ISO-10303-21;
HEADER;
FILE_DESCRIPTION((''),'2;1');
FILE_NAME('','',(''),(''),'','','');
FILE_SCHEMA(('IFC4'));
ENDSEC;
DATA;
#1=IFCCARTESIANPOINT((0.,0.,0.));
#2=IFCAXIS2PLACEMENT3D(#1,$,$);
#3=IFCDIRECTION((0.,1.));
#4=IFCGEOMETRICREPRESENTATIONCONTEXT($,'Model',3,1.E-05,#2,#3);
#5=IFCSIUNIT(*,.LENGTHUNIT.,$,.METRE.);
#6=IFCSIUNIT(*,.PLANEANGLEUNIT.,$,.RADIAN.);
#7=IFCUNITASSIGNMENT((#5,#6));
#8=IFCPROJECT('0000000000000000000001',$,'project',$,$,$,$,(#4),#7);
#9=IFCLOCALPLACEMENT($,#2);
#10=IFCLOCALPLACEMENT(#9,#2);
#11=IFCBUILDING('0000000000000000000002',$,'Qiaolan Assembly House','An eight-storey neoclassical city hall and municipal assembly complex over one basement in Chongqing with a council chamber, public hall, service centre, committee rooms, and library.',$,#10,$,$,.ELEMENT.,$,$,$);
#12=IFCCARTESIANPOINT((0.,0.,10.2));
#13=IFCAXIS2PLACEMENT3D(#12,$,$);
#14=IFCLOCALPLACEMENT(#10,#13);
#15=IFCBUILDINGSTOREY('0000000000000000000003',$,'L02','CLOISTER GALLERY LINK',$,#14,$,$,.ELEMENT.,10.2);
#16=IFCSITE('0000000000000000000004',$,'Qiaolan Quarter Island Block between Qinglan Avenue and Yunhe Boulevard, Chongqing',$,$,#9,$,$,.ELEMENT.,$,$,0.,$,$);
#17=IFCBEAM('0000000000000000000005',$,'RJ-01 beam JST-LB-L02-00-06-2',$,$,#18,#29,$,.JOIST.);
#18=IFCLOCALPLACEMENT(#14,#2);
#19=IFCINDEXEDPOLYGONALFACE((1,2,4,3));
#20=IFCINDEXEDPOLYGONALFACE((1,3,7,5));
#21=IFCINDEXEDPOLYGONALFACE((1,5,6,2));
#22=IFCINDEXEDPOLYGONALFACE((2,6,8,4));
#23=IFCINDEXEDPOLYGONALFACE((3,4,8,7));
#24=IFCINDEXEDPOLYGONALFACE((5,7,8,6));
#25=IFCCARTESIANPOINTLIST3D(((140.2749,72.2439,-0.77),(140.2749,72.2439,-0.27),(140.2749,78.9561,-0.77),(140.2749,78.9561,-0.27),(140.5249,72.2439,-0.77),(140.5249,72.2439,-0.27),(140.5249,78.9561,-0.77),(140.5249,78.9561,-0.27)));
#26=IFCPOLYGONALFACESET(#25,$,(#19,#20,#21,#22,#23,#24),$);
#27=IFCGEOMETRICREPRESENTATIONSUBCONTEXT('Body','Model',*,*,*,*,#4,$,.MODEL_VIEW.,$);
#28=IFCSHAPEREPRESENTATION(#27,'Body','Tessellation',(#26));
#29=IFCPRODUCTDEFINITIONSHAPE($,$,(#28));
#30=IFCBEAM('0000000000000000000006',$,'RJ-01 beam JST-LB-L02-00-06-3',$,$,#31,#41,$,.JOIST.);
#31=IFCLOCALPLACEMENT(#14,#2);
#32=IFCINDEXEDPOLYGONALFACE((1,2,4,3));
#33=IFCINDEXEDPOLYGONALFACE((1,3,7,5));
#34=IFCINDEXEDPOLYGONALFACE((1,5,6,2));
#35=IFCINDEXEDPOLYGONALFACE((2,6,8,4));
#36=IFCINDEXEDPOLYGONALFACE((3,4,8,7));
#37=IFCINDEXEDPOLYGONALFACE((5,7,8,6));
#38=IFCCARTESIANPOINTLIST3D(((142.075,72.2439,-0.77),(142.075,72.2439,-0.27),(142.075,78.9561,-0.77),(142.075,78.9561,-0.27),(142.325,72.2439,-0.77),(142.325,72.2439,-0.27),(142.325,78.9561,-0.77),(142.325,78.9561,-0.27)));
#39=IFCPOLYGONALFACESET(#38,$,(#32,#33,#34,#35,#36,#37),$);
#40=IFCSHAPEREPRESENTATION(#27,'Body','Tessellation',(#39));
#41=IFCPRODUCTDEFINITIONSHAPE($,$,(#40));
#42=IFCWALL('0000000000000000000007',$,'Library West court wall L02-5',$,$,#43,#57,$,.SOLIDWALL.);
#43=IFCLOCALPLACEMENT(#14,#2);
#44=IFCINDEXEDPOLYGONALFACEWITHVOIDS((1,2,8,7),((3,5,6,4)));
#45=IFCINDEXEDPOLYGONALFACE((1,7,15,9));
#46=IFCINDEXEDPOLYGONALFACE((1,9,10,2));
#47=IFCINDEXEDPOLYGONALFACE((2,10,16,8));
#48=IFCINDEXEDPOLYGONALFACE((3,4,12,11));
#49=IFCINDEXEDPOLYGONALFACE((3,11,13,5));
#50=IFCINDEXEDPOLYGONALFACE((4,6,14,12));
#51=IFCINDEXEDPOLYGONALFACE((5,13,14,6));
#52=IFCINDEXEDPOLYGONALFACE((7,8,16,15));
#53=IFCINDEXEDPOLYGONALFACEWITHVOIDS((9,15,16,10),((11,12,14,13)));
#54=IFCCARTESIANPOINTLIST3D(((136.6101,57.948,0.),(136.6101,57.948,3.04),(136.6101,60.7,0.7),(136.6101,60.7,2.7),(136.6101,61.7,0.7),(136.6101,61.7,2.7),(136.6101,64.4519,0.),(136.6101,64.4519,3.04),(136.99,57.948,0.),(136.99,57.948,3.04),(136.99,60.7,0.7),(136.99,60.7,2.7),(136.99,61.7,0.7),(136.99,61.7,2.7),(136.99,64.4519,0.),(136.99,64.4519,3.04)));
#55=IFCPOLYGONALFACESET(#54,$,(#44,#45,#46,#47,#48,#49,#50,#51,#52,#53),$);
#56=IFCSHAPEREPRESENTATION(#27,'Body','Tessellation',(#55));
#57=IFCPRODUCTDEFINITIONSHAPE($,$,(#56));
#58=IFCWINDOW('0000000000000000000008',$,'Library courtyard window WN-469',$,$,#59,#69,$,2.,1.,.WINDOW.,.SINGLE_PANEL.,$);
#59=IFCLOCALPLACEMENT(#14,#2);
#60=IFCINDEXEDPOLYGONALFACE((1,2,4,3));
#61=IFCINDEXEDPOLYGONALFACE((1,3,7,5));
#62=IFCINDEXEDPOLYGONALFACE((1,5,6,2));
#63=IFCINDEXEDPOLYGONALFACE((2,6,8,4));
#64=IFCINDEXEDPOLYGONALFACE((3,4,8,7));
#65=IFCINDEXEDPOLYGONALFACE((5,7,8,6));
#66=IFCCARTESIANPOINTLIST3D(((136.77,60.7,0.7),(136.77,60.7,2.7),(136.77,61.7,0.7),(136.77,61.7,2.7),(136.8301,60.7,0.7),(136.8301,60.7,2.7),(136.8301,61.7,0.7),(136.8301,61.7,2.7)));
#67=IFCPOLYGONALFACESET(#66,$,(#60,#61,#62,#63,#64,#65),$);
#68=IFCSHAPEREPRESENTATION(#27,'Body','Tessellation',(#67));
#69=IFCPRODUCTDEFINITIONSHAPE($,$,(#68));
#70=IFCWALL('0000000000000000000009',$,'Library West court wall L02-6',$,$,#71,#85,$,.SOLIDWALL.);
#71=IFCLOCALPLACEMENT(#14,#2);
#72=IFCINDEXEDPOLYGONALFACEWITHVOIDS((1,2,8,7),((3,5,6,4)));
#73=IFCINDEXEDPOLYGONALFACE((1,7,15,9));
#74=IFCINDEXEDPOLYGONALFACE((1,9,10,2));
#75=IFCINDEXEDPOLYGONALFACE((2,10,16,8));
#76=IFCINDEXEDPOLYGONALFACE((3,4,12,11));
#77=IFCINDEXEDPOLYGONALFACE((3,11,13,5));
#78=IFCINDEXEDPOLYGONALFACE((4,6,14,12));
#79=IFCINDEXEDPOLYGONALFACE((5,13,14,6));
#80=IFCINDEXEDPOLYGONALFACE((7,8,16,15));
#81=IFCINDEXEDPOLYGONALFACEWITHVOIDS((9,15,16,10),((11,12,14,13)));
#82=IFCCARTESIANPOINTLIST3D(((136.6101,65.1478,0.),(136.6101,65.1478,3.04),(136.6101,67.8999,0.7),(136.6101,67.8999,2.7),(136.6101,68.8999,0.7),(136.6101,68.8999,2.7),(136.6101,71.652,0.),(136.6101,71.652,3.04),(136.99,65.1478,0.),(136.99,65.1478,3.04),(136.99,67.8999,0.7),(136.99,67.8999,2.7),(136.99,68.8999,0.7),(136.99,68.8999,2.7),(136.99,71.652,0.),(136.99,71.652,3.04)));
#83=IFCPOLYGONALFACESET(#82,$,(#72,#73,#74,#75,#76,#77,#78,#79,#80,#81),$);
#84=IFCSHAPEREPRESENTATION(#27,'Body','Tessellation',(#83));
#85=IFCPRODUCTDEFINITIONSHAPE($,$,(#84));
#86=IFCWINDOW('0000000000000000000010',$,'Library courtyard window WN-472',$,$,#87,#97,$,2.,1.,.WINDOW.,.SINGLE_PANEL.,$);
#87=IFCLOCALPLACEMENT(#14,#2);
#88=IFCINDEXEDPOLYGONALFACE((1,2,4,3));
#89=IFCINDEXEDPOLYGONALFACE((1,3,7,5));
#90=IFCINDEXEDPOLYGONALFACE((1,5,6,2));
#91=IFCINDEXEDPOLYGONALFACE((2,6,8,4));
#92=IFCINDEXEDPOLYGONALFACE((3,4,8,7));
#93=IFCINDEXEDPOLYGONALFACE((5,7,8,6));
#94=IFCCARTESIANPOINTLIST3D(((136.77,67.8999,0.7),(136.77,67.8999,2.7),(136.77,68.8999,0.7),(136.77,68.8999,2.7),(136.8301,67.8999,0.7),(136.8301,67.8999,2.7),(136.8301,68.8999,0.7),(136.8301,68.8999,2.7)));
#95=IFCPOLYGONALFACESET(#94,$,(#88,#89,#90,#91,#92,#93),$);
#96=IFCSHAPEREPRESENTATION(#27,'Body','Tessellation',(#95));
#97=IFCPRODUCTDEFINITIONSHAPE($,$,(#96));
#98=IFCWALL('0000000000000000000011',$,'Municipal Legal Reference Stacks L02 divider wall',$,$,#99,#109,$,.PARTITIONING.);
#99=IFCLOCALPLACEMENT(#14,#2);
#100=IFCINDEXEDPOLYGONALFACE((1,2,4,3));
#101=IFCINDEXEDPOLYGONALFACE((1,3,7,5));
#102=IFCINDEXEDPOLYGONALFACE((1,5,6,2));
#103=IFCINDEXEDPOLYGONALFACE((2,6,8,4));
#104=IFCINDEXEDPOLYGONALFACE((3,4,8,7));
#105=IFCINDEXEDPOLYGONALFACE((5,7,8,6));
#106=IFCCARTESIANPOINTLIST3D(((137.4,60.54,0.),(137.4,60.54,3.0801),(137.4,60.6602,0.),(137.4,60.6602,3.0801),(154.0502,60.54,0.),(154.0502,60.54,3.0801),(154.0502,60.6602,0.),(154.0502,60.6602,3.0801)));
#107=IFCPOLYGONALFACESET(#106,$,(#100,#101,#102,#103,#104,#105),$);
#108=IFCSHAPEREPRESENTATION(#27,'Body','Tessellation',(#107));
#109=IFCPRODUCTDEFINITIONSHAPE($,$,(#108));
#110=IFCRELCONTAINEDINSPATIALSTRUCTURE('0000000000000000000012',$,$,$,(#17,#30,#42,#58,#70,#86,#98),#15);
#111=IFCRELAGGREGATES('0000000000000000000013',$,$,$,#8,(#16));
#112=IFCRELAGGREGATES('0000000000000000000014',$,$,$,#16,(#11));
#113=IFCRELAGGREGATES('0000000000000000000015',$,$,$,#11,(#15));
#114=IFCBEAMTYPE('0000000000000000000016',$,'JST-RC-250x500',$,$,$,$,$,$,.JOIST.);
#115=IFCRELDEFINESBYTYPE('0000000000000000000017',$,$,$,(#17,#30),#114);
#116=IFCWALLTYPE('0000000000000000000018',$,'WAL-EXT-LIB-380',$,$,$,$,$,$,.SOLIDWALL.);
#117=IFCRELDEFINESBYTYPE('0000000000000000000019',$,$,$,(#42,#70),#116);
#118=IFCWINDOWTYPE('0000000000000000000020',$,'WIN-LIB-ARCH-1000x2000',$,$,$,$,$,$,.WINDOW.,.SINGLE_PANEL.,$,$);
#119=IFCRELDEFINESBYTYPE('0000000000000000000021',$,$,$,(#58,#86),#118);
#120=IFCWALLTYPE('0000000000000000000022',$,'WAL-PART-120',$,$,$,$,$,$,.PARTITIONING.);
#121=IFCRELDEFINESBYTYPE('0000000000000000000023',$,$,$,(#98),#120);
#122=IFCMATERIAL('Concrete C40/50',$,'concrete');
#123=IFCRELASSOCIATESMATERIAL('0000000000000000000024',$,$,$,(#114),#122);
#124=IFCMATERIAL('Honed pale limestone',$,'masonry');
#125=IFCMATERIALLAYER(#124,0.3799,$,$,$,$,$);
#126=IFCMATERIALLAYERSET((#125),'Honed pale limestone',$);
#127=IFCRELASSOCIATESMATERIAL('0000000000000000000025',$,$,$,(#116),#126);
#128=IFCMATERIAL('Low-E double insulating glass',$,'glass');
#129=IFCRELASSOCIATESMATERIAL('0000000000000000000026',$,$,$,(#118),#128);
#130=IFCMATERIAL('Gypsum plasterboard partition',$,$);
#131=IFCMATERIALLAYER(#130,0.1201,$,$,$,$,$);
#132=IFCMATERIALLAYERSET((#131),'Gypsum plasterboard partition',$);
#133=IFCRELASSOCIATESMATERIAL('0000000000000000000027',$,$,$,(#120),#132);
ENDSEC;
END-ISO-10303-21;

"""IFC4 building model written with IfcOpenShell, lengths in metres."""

from ifc_helpers import new_model, si_unit, direction, frame, frame_2d, origin, origin_2d, place, context, subcontext, project, spatial, rectangle, extrude, material, layer, layer_set, material_profile, profile_set, type_object, element, fill, save


model = new_model("IFC4")

# Units and contexts
model_context = context("Model", 3, precision=1e-05, world=origin(), true_north=direction((0.0, 1.0)))
body_context = subcontext(model_context, "Body", "Model", "MODEL_VIEW")
ifc_project = project(units=[si_unit("LENGTHUNIT", "METRE"), si_unit("PLANEANGLEUNIT", "RADIAN")], contexts=[model_context])

# Site, building, storey
site_placement = place(None, origin())
site = spatial("IfcSite", under=ifc_project, at=site_placement, Name="Qiaolan Quarter Island Block between Qinglan Avenue and Yunhe Boulevard, Chongqing", CompositionType="ELEMENT", RefElevation=0.0)
building_placement = place(site_placement, origin())
building = spatial("IfcBuilding", under=site, at=building_placement, Name="Qiaolan Assembly House", Description="An eight-storey neoclassical city hall and municipal assembly complex over one basement in Chongqing with a council chamber, public hall, service centre, committee rooms, and library.", CompositionType="ELEMENT")
storey_placement = place(building_placement, frame((0.0, 0.0, 10.2)))
storey = spatial("IfcBuildingStorey", under=building, at=storey_placement, Name="L02", Description="CLOISTER GALLERY LINK", CompositionType="ELEMENT", Elevation=10.2)

# Shared definitions
ifc_material_1 = material(Name="Concrete C40/50", Category="concrete")

# Beams
ifc_material_profile_1 = material_profile(ifc_material_1, rectangle(XDim=0.25, YDim=0.5, at=origin_2d()), Name="RCB 250x500")
ifc_profile_set_1 = profile_set([ifc_material_profile_1], Name="Concrete C40/50")
beam_type_1 = type_object("IfcBeamType", Name="JST-RC-250x500", PredefinedType="JOIST", material=ifc_profile_set_1)
for number, where, z_axis, x_axis, name in (
    (1, (140.3999, 72.2439, -0.52), (0.0, 1.0, 0.0), (-1.0, 0.0, 0.0), "RJ-01 beam JST-LB-L02-00-06-2"),
    (2, (142.2, 72.2439, -0.52), (0.0, 1.0, 0.0), (-1.0, 0.0, 0.0), "RJ-01 beam JST-LB-L02-00-06-3"),
):
    element("IfcBeam", number, at=place(storey_placement, frame(where, z_axis=z_axis, x_axis=x_axis)), inside=storey, type_object=beam_type_1, Name=name, PredefinedType="JOIST", context=body_context, shape_type="SweptSolid", body=[
        extrude(rectangle(XDim=0.25, YDim=0.5, at=origin_2d()), origin(), (0.0, 0.0, 1.0), 6.7122),
    ])

# Walls, openings, windows
ifc_material_2 = material(Name="Honed pale limestone", Category="masonry")
ifc_layer_1 = layer(ifc_material_2, 0.3799)
ifc_layer_set_1 = layer_set([ifc_layer_1], Name="Honed pale limestone")
wall_type_1 = type_object("IfcWallType", Name="WAL-EXT-LIB-380", PredefinedType="SOLIDWALL", material=ifc_layer_set_1)
wall_1_placement = place(storey_placement, frame((136.8, 57.948, 0.0), z_axis=(0.0, 0.0, 1.0), x_axis=(0.0, 1.0, 0.0)))
wall_1 = element("IfcWall", 3, at=wall_1_placement, inside=storey, type_object=wall_type_1, Name="Library West court wall L02-5", PredefinedType="SOLIDWALL", context=body_context, shape_type="SweptSolid", body=[
    extrude(rectangle(XDim=6.5039, YDim=0.3799, at=frame_2d((3.252, 0.0))), origin(), (0.0, 0.0, 1.0), 3.04),
])
opening_1_placement = place(wall_1_placement, frame((2.752, 0.0, 0.7)))
opening_1 = element("IfcOpeningElement", 4, at=opening_1_placement, cuts=wall_1, PredefinedType="OPENING", context=body_context, shape_type="SweptSolid", body=[
    extrude(rectangle(XDim=1.0, YDim=2.0, at=frame_2d((0.5, 1.0))), frame((0.0, 0.2, 0.0), z_axis=(0.0, -1.0, 0.0), x_axis=(1.0, 0.0, 0.0)), (0.0, 0.0, 1.0), 0.3999),
])
ifc_material_3 = material(Name="Low-E double insulating glass", Category="glass")
window_type = type_object("IfcWindowType", Name="WIN-LIB-ARCH-1000x2000", PartitioningType="SINGLE_PANEL", PredefinedType="WINDOW", material=ifc_material_3)
window_1_placement = place(opening_1_placement, origin())
window_1 = element("IfcWindow", 5, at=window_1_placement, inside=storey, type_object=window_type, Name="Library courtyard window WN-469", OverallHeight=2.0, OverallWidth=1.0, PartitioningType="SINGLE_PANEL", PredefinedType="WINDOW", context=body_context, shape_type="SweptSolid", body=[
    extrude(rectangle(XDim=1.0, YDim=2.0, at=frame_2d((0.5, 1.0))), frame((0.0, 0.03, 0.0), z_axis=(0.0, -1.0, 0.0), x_axis=(1.0, 0.0, 0.0)), (0.0, 0.0, 1.0), 0.0601),
])
fill(opening_1, window_1)
wall_2_placement = place(storey_placement, frame((136.8, 65.1479, 0.0), z_axis=(0.0, 0.0, 1.0), x_axis=(0.0, 1.0, 0.0)))
wall_2 = element("IfcWall", 6, at=wall_2_placement, inside=storey, type_object=wall_type_1, Name="Library West court wall L02-6", PredefinedType="SOLIDWALL", context=body_context, shape_type="SweptSolid", body=[
    extrude(rectangle(XDim=6.5042, YDim=0.3799, at=frame_2d((3.252, 0.0))), origin(), (0.0, 0.0, 1.0), 3.04),
])
opening_2_placement = place(wall_2_placement, frame((2.752, 0.0, 0.7)))
opening_2 = element("IfcOpeningElement", 7, at=opening_2_placement, cuts=wall_2, PredefinedType="OPENING", context=body_context, shape_type="SweptSolid", body=[
    extrude(rectangle(XDim=1.0, YDim=2.0, at=frame_2d((0.5, 1.0))), frame((0.0, 0.2, 0.0), z_axis=(0.0, -1.0, 0.0), x_axis=(1.0, 0.0, 0.0)), (0.0, 0.0, 1.0), 0.3999),
])
window_2_placement = place(opening_2_placement, origin())
window_2 = element("IfcWindow", 8, at=window_2_placement, inside=storey, type_object=window_type, Name="Library courtyard window WN-472", OverallHeight=2.0, OverallWidth=1.0, PartitioningType="SINGLE_PANEL", PredefinedType="WINDOW", context=body_context, shape_type="SweptSolid", body=[
    extrude(rectangle(XDim=1.0, YDim=2.0, at=frame_2d((0.5, 1.0))), frame((0.0, 0.03, 0.0), z_axis=(0.0, -1.0, 0.0), x_axis=(1.0, 0.0, 0.0)), (0.0, 0.0, 1.0), 0.0601),
])
fill(opening_2, window_2)

# Wall
ifc_material_4 = material(Name="Gypsum plasterboard partition")
ifc_layer_2 = layer(ifc_material_4, 0.1201)
ifc_layer_set_2 = layer_set([ifc_layer_2], Name="Gypsum plasterboard partition")
wall_type_2 = type_object("IfcWallType", Name="WAL-PART-120", PredefinedType="PARTITIONING", material=ifc_layer_set_2)
wall_3_placement = place(storey_placement, frame((137.3999, 60.6001, 0.0), z_axis=(0.0, 0.0, 1.0), x_axis=(1.0, 0.0, 0.0)))
element("IfcWall", 9, at=wall_3_placement, inside=storey, type_object=wall_type_2, Name="Municipal Legal Reference Stacks L02 divider wall", PredefinedType="PARTITIONING", context=body_context, shape_type="SweptSolid", body=[
    extrude(rectangle(XDim=16.6501, YDim=0.1201, at=frame_2d((8.3252, 0.0))), origin(), (0.0, 0.0, 1.0), 3.0801),
])

save(model, "model.ifc")
